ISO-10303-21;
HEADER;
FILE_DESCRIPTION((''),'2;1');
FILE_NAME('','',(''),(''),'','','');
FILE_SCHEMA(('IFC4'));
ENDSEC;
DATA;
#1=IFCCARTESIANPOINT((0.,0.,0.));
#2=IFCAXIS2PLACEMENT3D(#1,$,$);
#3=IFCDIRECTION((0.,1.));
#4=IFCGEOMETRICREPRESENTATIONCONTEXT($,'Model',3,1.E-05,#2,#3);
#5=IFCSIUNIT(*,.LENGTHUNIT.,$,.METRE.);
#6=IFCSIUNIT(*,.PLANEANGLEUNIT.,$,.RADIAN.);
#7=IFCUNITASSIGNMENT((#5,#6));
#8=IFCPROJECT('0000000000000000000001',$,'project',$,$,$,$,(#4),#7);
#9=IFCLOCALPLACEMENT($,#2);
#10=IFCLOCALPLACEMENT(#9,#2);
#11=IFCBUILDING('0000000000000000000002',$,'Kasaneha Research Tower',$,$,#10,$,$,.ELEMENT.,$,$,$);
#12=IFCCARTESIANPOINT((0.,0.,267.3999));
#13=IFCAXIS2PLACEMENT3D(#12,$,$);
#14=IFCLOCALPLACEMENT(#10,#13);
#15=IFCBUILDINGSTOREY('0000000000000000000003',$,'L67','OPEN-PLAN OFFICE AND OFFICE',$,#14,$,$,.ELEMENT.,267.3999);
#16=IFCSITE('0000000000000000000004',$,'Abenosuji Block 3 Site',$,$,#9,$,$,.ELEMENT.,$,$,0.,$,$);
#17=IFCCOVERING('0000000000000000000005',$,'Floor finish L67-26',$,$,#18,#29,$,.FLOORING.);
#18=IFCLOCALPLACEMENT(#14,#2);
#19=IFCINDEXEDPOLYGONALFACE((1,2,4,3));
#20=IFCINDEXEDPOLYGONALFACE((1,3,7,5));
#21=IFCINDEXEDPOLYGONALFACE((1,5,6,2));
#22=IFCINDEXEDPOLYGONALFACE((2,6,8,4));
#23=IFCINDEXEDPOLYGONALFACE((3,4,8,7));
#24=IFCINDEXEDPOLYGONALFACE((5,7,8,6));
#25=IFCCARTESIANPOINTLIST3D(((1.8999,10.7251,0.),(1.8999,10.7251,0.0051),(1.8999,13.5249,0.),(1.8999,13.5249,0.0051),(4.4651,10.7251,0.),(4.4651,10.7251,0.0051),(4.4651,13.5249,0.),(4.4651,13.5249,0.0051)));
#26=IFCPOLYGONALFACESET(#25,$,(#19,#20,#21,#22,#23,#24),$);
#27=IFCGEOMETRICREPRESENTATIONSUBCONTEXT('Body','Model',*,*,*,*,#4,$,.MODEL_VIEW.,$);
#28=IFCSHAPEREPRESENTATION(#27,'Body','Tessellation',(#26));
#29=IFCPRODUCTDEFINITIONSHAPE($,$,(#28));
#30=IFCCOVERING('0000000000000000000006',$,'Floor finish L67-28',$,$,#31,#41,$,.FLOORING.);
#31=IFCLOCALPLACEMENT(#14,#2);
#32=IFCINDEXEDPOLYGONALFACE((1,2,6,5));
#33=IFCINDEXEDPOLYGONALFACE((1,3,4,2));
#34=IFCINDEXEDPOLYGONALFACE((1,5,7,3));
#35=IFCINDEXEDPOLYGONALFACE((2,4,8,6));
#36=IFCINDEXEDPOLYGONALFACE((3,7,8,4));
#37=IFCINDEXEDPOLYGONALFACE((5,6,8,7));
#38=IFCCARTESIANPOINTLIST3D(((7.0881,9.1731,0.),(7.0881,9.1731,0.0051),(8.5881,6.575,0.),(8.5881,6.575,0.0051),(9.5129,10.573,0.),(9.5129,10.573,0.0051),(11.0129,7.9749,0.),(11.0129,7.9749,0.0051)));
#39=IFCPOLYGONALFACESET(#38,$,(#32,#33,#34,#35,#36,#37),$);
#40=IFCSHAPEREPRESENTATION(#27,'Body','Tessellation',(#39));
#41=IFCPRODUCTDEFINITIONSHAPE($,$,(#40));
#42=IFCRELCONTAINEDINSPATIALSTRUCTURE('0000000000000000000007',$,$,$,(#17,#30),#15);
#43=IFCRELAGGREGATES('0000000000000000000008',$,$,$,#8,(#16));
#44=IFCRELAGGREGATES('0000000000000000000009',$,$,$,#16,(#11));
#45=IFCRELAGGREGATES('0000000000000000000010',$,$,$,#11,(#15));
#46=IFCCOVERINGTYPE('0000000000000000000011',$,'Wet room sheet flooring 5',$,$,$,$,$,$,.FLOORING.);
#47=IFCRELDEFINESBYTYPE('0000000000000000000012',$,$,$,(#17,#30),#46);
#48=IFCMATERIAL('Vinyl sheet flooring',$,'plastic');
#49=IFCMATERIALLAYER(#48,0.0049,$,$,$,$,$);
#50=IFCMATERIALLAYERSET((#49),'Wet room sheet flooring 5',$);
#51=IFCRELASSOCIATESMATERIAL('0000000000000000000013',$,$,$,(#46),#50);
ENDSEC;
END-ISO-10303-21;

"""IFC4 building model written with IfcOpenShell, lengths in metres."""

from ifc_helpers import new_model, si_unit, direction, frame, origin, place, context, subcontext, project, spatial, polyline, outline, extrude, material, layer, layer_set, type_object, element, save


model = new_model("IFC4")

# Units and contexts
model_context = context("Model", 3, precision=1e-05, world=origin(), true_north=direction((0.0, 1.0)))
body_context = subcontext(model_context, "Body", "Model", "MODEL_VIEW")
ifc_project = project(units=[si_unit("LENGTHUNIT", "METRE"), si_unit("PLANEANGLEUNIT", "RADIAN")], contexts=[model_context])

# Site, building, storey
site_placement = place(None, origin())
site = spatial("IfcSite", under=ifc_project, at=site_placement, Name="Abenosuji Block 3 Site", CompositionType="ELEMENT", RefElevation=0.0)
building_placement = place(site_placement, origin())
building = spatial("IfcBuilding", under=site, at=building_placement, Name="Kasaneha Research Tower", CompositionType="ELEMENT")
storey_placement = place(building_placement, frame((0.0, 0.0, 267.3999)))
storey = spatial("IfcBuildingStorey", under=building, at=storey_placement, Name="L67", Description="OPEN-PLAN OFFICE AND OFFICE", CompositionType="ELEMENT", Elevation=267.3999)

# Coverings
ifc_material_1 = material(Name="Vinyl sheet flooring", Category="plastic")
ifc_layer_1 = layer(ifc_material_1, 0.0049)
ifc_layer_set_1 = layer_set([ifc_layer_1], Name="Wet room sheet flooring 5")
covering_type_1 = type_object("IfcCoveringType", Name="Wet room sheet flooring 5", PredefinedType="FLOORING", material=ifc_layer_set_1)
covering_1_placement = place(storey_placement, origin())
element("IfcCovering", 1, at=covering_1_placement, inside=storey, type_object=covering_type_1, Name="Floor finish L67-26", PredefinedType="FLOORING", context=body_context, shape_type="SweptSolid", body=[
    extrude(outline(polyline([(4.4651, 13.5249), (4.4651, 10.7251), (1.8999, 10.7251), (1.8999, 13.5249), (4.4651, 13.5249)])), origin(), (0.0, 0.0, 1.0), 0.0051),
])
covering_2_placement = place(storey_placement, origin())
element("IfcCovering", 2, at=covering_2_placement, inside=storey, type_object=covering_type_1, Name="Floor finish L67-28", PredefinedType="FLOORING", context=body_context, shape_type="SweptSolid", body=[
    extrude(outline(polyline([(11.0129, 7.9749), (8.5881, 6.575), (7.0881, 9.1731), (9.5129, 10.573), (11.0129, 7.9749)])), origin(), (0.0, 0.0, 1.0), 0.0051),
])

save(model, "model.ifc")
